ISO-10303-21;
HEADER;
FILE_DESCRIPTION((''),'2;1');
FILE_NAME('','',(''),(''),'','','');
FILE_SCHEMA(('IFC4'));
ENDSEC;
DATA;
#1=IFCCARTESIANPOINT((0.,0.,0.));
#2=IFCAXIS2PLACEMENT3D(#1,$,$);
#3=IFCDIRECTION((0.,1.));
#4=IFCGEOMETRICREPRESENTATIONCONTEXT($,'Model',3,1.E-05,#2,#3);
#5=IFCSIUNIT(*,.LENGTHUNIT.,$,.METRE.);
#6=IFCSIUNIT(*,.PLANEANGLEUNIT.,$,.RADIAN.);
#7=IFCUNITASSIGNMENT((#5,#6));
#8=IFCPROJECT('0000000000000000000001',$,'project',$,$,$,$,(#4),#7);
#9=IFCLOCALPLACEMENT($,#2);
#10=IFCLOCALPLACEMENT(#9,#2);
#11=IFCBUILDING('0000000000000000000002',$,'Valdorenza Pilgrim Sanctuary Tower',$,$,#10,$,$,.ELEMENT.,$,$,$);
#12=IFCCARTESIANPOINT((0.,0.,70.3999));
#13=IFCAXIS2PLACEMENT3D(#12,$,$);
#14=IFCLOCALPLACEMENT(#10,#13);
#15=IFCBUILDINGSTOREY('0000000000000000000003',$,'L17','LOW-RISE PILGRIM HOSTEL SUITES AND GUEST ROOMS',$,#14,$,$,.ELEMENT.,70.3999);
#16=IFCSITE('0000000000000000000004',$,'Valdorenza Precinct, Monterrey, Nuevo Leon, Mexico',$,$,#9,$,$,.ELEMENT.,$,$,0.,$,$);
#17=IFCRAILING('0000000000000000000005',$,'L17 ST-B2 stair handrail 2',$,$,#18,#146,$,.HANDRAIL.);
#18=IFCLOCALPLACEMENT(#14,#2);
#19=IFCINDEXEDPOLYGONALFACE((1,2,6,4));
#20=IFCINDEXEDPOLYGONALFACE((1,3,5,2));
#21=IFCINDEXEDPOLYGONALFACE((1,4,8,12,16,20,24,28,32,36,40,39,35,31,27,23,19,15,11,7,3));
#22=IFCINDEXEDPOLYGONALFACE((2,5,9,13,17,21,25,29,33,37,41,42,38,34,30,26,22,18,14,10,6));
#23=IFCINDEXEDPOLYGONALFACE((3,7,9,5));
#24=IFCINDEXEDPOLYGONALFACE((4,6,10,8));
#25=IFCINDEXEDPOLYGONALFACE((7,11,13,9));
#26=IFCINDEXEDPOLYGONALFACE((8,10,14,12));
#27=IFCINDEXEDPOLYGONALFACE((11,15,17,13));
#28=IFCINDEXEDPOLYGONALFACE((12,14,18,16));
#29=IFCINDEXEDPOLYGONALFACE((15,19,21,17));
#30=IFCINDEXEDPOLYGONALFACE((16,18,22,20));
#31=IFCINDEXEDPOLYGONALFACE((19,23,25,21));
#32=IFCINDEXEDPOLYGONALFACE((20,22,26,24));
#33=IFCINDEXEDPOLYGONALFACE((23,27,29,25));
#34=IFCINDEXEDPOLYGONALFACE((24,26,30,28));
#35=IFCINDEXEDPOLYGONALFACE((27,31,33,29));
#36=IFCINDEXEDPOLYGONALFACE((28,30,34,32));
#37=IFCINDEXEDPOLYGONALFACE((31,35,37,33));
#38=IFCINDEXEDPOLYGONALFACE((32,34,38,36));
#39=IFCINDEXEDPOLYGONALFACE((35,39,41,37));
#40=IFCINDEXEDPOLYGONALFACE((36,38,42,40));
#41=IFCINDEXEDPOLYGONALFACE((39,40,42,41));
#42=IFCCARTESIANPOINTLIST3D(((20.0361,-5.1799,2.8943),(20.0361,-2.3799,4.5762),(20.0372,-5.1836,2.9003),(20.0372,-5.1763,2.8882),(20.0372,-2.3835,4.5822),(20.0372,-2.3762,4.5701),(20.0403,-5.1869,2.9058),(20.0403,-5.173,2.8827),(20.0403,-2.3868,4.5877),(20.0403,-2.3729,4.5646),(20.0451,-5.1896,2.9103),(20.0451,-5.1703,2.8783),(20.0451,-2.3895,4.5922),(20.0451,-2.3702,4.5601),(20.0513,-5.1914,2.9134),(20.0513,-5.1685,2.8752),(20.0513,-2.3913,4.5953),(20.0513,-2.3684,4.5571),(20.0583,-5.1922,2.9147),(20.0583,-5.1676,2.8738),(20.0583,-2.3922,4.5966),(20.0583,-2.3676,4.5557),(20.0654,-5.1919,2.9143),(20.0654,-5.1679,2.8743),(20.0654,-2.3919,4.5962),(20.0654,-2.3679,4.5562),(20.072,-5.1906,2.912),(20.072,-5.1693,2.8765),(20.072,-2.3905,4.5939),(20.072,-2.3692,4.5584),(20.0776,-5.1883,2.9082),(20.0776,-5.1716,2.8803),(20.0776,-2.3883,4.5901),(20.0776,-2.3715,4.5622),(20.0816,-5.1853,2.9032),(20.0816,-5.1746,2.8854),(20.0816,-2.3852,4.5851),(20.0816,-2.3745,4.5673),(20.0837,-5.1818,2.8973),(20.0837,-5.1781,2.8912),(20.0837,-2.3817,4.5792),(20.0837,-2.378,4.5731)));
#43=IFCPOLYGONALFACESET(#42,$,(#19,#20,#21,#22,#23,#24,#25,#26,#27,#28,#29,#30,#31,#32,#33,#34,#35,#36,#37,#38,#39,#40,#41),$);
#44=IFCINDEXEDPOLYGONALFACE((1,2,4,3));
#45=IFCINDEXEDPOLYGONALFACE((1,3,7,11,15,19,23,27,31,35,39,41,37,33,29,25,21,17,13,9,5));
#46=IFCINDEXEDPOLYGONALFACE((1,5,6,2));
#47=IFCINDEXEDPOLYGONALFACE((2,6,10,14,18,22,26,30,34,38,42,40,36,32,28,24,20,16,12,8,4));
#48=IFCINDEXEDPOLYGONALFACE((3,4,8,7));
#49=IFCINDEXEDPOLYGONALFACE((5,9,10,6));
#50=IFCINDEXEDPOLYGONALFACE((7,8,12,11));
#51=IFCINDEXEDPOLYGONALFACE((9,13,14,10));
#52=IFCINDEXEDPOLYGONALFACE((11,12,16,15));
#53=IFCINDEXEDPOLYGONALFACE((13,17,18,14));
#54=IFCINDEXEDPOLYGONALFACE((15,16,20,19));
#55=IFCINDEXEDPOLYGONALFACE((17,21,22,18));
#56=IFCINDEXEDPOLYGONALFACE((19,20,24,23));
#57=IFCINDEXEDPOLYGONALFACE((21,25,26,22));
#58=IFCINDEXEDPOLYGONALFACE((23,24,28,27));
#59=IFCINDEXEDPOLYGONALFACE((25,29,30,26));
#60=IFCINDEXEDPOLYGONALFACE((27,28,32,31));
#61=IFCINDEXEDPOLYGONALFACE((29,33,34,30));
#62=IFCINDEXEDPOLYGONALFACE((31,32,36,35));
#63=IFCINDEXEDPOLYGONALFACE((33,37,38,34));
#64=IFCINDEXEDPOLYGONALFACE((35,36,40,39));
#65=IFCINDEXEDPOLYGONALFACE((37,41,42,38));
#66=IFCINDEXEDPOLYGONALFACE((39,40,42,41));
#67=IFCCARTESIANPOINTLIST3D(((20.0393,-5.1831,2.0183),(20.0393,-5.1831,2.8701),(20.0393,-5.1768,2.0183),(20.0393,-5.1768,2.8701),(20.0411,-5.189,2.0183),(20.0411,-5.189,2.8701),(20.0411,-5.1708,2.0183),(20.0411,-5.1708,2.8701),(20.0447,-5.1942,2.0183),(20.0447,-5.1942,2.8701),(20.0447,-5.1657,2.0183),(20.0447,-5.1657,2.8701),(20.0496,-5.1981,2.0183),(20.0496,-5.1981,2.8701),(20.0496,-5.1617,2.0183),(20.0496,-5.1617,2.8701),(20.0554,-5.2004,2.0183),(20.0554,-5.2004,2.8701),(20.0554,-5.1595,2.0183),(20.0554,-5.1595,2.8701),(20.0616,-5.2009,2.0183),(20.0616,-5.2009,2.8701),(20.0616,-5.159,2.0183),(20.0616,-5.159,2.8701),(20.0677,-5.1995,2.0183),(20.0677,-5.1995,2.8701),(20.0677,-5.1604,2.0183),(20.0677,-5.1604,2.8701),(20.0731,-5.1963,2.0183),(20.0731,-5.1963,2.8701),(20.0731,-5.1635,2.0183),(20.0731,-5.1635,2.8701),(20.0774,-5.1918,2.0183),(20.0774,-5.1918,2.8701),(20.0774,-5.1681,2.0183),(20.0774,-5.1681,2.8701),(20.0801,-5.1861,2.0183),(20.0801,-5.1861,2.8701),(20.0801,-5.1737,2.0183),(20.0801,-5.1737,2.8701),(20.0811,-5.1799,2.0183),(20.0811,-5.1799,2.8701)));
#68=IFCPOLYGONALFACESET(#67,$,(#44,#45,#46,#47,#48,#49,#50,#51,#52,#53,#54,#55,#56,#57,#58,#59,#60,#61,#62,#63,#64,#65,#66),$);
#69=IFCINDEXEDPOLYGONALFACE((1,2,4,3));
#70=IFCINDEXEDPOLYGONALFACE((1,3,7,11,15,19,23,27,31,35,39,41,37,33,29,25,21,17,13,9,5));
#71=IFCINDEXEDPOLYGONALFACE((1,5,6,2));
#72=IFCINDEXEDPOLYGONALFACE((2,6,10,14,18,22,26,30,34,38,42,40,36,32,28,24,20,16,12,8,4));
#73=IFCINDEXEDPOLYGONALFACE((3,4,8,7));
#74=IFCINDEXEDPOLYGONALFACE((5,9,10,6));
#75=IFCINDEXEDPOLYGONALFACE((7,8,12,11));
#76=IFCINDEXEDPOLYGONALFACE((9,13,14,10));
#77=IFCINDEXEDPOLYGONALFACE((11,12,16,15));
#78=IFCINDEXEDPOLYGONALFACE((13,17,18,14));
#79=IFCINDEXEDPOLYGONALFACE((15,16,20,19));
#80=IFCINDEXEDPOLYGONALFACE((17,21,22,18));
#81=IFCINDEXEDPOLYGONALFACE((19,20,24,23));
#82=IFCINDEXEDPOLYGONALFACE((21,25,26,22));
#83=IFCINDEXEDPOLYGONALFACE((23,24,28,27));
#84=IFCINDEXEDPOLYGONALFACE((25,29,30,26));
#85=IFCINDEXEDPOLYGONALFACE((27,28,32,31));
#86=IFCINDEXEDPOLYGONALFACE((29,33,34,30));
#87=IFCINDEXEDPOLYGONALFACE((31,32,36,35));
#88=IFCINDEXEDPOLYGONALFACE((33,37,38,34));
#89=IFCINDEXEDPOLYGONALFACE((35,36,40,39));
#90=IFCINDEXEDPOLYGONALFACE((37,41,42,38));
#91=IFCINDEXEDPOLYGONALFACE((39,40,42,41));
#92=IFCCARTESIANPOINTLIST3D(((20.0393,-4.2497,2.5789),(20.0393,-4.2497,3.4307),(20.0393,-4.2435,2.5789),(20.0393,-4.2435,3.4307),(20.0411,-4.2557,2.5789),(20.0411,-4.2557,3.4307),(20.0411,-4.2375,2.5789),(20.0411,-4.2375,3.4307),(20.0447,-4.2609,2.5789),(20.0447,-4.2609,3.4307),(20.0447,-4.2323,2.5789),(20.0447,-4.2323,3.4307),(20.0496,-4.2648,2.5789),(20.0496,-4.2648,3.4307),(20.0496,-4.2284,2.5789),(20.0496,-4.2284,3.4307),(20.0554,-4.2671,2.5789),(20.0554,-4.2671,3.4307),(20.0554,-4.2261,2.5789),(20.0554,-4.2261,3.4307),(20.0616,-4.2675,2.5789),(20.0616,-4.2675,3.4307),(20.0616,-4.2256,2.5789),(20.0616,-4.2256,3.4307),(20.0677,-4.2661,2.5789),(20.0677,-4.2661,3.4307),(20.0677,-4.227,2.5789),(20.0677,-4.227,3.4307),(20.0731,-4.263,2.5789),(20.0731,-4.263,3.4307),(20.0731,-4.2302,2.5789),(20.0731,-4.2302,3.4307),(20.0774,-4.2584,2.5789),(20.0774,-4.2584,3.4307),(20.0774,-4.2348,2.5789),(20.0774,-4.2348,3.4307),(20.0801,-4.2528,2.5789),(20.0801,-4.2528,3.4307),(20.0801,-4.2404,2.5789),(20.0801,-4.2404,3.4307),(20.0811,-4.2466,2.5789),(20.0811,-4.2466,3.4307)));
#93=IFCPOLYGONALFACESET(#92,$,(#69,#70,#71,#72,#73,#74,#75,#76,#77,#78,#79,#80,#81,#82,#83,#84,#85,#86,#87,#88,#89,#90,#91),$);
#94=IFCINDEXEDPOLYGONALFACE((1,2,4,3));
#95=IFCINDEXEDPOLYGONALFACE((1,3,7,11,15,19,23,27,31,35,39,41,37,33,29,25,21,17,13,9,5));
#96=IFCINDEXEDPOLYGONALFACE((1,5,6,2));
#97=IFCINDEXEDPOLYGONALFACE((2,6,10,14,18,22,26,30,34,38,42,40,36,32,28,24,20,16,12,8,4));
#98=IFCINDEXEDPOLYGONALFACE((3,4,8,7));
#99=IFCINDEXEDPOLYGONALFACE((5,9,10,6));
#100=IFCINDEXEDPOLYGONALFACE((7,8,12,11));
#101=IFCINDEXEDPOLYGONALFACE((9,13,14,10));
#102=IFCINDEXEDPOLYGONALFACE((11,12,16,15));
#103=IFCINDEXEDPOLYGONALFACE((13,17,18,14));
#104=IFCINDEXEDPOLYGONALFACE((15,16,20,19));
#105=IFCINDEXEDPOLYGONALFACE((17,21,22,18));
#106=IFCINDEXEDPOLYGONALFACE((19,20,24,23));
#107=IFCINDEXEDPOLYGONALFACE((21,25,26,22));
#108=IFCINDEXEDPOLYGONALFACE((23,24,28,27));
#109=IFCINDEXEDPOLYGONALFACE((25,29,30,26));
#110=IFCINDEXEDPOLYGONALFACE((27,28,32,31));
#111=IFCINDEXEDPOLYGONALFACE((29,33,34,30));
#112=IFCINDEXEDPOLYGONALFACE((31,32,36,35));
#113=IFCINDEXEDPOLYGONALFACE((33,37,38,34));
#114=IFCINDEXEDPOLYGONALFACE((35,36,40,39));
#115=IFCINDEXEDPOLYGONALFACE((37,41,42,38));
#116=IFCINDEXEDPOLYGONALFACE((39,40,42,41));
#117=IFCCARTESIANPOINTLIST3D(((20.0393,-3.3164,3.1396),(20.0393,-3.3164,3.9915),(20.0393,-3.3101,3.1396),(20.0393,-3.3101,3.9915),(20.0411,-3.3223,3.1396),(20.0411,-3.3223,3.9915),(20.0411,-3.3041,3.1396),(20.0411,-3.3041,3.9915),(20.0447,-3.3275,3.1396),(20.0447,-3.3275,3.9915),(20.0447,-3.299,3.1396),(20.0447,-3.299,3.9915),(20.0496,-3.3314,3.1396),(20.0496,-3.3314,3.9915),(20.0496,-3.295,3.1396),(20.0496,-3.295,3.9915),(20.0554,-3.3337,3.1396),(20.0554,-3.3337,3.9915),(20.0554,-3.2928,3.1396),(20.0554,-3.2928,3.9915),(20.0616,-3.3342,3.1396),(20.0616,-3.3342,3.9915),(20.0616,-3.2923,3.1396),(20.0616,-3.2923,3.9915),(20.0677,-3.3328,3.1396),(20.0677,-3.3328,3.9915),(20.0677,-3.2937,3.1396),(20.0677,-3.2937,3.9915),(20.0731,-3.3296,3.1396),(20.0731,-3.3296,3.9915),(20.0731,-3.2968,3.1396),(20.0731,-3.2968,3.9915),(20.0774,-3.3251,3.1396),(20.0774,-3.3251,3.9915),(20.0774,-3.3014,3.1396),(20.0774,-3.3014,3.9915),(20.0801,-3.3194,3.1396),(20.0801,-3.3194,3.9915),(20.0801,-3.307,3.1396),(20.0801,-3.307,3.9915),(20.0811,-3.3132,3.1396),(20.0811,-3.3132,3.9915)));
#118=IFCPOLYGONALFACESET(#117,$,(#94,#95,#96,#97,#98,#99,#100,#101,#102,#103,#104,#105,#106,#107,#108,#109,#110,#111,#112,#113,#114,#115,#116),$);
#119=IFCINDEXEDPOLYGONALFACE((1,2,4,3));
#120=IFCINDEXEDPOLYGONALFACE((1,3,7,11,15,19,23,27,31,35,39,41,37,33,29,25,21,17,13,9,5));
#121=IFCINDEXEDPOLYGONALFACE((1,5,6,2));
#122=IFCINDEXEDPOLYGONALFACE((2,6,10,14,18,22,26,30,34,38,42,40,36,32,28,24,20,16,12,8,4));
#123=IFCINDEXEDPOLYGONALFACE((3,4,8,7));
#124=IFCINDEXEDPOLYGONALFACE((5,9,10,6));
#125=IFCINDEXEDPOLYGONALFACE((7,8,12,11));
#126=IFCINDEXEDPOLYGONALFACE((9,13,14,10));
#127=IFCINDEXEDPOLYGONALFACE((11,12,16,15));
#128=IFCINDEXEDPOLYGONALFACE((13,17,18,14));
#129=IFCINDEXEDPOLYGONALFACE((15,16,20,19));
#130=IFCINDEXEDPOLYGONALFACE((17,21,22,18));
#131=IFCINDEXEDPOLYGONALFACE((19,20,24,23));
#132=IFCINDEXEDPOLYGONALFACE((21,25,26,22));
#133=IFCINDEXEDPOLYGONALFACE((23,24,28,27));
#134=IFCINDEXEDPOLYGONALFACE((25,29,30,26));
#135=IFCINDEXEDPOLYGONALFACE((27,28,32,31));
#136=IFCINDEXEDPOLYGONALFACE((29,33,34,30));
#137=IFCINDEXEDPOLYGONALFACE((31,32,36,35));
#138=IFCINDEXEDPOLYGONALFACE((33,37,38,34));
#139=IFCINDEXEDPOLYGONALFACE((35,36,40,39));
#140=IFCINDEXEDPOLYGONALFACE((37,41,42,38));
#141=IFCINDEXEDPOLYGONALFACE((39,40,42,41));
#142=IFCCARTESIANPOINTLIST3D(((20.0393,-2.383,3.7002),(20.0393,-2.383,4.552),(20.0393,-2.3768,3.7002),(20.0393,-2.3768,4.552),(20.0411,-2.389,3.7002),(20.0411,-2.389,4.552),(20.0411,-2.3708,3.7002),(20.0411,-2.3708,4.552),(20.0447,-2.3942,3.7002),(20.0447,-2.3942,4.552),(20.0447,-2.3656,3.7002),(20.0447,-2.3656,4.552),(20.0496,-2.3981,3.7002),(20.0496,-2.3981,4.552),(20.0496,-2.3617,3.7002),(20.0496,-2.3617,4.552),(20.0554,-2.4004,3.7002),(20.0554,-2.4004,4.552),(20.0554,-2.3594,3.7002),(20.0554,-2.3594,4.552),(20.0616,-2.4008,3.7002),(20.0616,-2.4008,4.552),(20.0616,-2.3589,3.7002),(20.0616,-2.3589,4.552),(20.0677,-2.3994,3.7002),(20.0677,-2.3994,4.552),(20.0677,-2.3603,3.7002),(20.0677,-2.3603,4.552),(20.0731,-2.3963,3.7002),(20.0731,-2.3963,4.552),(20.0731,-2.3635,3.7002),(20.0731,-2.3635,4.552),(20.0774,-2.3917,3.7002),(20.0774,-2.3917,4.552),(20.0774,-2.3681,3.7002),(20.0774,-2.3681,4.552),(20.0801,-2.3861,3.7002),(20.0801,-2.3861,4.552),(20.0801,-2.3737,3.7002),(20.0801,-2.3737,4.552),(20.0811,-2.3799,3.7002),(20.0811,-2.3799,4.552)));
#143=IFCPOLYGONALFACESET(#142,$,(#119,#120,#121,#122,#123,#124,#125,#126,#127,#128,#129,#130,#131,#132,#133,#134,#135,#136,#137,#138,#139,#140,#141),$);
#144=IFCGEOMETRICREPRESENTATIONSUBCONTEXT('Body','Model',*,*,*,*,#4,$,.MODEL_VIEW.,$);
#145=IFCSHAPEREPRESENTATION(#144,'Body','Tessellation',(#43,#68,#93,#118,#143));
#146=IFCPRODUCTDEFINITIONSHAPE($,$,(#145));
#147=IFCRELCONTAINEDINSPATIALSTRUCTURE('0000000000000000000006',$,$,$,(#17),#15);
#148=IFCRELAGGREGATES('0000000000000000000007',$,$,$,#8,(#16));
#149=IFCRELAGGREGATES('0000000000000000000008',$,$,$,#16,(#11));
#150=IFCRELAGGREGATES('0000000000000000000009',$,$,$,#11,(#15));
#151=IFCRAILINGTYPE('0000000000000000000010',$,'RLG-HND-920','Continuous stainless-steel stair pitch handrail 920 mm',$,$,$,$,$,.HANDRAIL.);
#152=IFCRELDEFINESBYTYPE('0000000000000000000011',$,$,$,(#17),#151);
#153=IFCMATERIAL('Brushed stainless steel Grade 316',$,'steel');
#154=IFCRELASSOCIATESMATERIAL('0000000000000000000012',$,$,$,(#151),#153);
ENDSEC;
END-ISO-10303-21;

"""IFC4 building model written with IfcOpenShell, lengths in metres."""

from ifc_helpers import new_model, si_unit, direction, frame, origin, origin_2d, place, context, subcontext, project, spatial, circle, extrude, material, type_object, element, save


model = new_model("IFC4")

# Units and contexts
model_context = context("Model", 3, precision=1e-05, world=origin(), true_north=direction((0.0, 1.0)))
body_context = subcontext(model_context, "Body", "Model", "MODEL_VIEW")
ifc_project = project(units=[si_unit("LENGTHUNIT", "METRE"), si_unit("PLANEANGLEUNIT", "RADIAN")], contexts=[model_context])

# Site, building, storey
site_placement = place(None, origin())
site = spatial("IfcSite", under=ifc_project, at=site_placement, Name="Valdorenza Precinct, Monterrey, Nuevo Leon, Mexico", CompositionType="ELEMENT", RefElevation=0.0)
building_placement = place(site_placement, origin())
building = spatial("IfcBuilding", under=site, at=building_placement, Name="Valdorenza Pilgrim Sanctuary Tower", CompositionType="ELEMENT")
storey_placement = place(building_placement, frame((0.0, 0.0, 70.3999)))
storey = spatial("IfcBuildingStorey", under=building, at=storey_placement, Name="L17", Description="LOW-RISE PILGRIM HOSTEL SUITES AND GUEST ROOMS", CompositionType="ELEMENT", Elevation=70.3999)

# Shared definitions
ifc_material_1 = material(Name="Brushed stainless steel Grade 316", Category="steel")

# Railing
railing_type_1 = type_object("IfcRailingType", Name="RLG-HND-920", Description="Continuous stainless-steel stair pitch handrail 920 mm", PredefinedType="HANDRAIL", material=ifc_material_1)
railing_1_placement = place(storey_placement, frame((20.0601, -5.1799, 2.0183)))
element("IfcRailing", 1, at=railing_1_placement, inside=storey, type_object=railing_type_1, Name="L17 ST-B2 stair handrail 2", PredefinedType="HANDRAIL", context=body_context, shape_type="SweptSolid", body=[
    extrude(circle(Radius=0.0239, at=origin_2d()), frame((0.0, 0.0, 0.876), z_axis=(0.0, 0.857242, 0.514913), x_axis=(-1.0, 0.0, 0.0)), (0.0, 0.0, 1.0), 3.2664),
    extrude(circle(Radius=0.021, at=origin_2d()), origin(), (0.0, 0.0, 1.0), 0.8518),
    extrude(circle(Radius=0.021, at=origin_2d()), frame((0.0, 0.9333, 0.5605)), (0.0, 0.0, 1.0), 0.8518),
    extrude(circle(Radius=0.021, at=origin_2d()), frame((0.0, 1.8667, 1.1213)), (0.0, 0.0, 1.0), 0.8518),
    extrude(circle(Radius=0.021, at=origin_2d()), frame((0.0, 2.8, 1.6819)), (0.0, 0.0, 1.0), 0.8518),
])

save(model, "model.ifc")
